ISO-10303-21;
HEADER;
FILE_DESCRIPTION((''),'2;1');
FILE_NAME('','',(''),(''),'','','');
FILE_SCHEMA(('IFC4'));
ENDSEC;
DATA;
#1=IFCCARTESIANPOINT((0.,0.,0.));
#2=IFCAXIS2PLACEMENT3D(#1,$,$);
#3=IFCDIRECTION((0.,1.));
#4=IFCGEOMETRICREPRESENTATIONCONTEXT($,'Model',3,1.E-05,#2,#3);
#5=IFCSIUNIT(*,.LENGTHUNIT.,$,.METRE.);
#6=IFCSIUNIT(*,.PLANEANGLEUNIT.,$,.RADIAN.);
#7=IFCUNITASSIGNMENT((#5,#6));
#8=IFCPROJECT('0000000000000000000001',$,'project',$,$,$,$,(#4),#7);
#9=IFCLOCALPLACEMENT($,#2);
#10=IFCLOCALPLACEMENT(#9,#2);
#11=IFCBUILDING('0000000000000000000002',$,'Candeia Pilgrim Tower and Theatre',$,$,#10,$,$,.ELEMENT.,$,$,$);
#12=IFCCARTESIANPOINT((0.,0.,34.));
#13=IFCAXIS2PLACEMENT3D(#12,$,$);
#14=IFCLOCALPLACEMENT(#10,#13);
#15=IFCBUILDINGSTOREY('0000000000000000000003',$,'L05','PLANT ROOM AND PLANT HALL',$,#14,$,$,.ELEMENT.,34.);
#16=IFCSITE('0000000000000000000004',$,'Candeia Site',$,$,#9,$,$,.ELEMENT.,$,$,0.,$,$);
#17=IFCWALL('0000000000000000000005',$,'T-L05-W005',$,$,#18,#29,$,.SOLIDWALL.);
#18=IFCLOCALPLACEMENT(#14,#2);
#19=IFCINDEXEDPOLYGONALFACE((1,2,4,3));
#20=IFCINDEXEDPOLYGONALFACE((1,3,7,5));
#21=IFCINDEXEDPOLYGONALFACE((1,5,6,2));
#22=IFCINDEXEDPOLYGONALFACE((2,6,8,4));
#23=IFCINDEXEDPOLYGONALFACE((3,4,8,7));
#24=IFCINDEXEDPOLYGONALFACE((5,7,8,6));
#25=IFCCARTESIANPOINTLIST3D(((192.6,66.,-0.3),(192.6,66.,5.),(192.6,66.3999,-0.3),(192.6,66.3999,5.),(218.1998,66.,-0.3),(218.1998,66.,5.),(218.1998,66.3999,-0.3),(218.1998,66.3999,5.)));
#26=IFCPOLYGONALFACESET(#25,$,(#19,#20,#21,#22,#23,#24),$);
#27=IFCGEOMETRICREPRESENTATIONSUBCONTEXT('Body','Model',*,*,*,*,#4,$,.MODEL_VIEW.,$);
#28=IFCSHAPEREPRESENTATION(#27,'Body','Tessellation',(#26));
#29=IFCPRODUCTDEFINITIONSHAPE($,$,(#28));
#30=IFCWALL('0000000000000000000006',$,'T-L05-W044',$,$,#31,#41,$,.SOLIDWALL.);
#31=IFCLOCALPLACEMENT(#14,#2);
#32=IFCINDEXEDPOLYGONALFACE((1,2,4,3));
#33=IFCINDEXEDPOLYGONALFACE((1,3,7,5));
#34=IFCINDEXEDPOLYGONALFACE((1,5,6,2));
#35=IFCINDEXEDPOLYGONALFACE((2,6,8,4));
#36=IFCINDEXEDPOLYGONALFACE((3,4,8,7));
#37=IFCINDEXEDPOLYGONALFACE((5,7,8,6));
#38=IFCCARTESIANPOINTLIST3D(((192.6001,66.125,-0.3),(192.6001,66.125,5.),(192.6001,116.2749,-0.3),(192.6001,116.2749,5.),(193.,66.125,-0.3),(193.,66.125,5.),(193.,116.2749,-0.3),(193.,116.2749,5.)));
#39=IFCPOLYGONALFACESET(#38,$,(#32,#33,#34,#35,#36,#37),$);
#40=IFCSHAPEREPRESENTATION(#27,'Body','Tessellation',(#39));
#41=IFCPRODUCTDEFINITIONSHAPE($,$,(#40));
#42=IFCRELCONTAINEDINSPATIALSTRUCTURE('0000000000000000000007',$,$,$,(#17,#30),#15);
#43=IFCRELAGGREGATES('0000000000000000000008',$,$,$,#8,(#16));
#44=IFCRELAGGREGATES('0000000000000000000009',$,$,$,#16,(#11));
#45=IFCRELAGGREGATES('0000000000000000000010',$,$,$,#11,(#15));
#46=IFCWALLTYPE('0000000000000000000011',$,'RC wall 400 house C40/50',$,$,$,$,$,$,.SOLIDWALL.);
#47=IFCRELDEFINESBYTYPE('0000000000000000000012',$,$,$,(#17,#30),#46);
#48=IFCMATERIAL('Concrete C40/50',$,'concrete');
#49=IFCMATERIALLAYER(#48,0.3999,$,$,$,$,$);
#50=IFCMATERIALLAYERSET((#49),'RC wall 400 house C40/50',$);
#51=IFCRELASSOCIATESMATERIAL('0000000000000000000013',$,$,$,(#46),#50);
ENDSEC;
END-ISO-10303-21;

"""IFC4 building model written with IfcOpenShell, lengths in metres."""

from ifc_helpers import new_model, si_unit, direction, frame, frame_2d, origin, place, context, subcontext, project, spatial, rectangle, extrude, material, layer, layer_set, type_object, element, save


model = new_model("IFC4")

# Units and contexts
model_context = context("Model", 3, precision=1e-05, world=origin(), true_north=direction((0.0, 1.0)))
body_context = subcontext(model_context, "Body", "Model", "MODEL_VIEW")
ifc_project = project(units=[si_unit("LENGTHUNIT", "METRE"), si_unit("PLANEANGLEUNIT", "RADIAN")], contexts=[model_context])

# Site, building, storey
site_placement = place(None, origin())
site = spatial("IfcSite", under=ifc_project, at=site_placement, Name="Candeia Site", CompositionType="ELEMENT", RefElevation=0.0)
building_placement = place(site_placement, origin())
building = spatial("IfcBuilding", under=site, at=building_placement, Name="Candeia Pilgrim Tower and Theatre", CompositionType="ELEMENT")
storey_placement = place(building_placement, frame((0.0, 0.0, 34.0)))
storey = spatial("IfcBuildingStorey", under=building, at=storey_placement, Name="L05", Description="PLANT ROOM AND PLANT HALL", CompositionType="ELEMENT", Elevation=34.0)

# Shared definitions
ifc_material_1 = material(Name="Concrete C40/50", Category="concrete")

# Walls
ifc_layer_1 = layer(ifc_material_1, 0.3999)
ifc_layer_set_1 = layer_set([ifc_layer_1], Name="RC wall 400 house C40/50")
wall_type_1 = type_object("IfcWallType", Name="RC wall 400 house C40/50", PredefinedType="SOLIDWALL", material=ifc_layer_set_1)
wall_1_placement = place(storey_placement, frame((192.6001, 66.2, -0.3), z_axis=(0.0, 0.0, 1.0), x_axis=(1.0, 0.0, 0.0)))
element("IfcWall", 1, at=wall_1_placement, inside=storey, type_object=wall_type_1, Name="T-L05-W005", PredefinedType="SOLIDWALL", context=body_context, shape_type="SweptSolid", body=[
    extrude(rectangle(XDim=25.5999, YDim=0.3999, at=frame_2d((12.7998, 0.0))), origin(), (0.0, 0.0, 1.0), 5.3),
])
wall_2_placement = place(storey_placement, frame((192.8, 66.125, -0.3), z_axis=(0.0, 0.0, 1.0), x_axis=(0.0, 1.0, 0.0)))
element("IfcWall", 2, at=wall_2_placement, inside=storey, type_object=wall_type_1, Name="T-L05-W044", PredefinedType="SOLIDWALL", context=body_context, shape_type="SweptSolid", body=[
    extrude(rectangle(XDim=50.1499, YDim=0.3999, at=frame_2d((25.075, 0.0))), origin(), (0.0, 0.0, 1.0), 5.3),
])

save(model, "model.ifc")
